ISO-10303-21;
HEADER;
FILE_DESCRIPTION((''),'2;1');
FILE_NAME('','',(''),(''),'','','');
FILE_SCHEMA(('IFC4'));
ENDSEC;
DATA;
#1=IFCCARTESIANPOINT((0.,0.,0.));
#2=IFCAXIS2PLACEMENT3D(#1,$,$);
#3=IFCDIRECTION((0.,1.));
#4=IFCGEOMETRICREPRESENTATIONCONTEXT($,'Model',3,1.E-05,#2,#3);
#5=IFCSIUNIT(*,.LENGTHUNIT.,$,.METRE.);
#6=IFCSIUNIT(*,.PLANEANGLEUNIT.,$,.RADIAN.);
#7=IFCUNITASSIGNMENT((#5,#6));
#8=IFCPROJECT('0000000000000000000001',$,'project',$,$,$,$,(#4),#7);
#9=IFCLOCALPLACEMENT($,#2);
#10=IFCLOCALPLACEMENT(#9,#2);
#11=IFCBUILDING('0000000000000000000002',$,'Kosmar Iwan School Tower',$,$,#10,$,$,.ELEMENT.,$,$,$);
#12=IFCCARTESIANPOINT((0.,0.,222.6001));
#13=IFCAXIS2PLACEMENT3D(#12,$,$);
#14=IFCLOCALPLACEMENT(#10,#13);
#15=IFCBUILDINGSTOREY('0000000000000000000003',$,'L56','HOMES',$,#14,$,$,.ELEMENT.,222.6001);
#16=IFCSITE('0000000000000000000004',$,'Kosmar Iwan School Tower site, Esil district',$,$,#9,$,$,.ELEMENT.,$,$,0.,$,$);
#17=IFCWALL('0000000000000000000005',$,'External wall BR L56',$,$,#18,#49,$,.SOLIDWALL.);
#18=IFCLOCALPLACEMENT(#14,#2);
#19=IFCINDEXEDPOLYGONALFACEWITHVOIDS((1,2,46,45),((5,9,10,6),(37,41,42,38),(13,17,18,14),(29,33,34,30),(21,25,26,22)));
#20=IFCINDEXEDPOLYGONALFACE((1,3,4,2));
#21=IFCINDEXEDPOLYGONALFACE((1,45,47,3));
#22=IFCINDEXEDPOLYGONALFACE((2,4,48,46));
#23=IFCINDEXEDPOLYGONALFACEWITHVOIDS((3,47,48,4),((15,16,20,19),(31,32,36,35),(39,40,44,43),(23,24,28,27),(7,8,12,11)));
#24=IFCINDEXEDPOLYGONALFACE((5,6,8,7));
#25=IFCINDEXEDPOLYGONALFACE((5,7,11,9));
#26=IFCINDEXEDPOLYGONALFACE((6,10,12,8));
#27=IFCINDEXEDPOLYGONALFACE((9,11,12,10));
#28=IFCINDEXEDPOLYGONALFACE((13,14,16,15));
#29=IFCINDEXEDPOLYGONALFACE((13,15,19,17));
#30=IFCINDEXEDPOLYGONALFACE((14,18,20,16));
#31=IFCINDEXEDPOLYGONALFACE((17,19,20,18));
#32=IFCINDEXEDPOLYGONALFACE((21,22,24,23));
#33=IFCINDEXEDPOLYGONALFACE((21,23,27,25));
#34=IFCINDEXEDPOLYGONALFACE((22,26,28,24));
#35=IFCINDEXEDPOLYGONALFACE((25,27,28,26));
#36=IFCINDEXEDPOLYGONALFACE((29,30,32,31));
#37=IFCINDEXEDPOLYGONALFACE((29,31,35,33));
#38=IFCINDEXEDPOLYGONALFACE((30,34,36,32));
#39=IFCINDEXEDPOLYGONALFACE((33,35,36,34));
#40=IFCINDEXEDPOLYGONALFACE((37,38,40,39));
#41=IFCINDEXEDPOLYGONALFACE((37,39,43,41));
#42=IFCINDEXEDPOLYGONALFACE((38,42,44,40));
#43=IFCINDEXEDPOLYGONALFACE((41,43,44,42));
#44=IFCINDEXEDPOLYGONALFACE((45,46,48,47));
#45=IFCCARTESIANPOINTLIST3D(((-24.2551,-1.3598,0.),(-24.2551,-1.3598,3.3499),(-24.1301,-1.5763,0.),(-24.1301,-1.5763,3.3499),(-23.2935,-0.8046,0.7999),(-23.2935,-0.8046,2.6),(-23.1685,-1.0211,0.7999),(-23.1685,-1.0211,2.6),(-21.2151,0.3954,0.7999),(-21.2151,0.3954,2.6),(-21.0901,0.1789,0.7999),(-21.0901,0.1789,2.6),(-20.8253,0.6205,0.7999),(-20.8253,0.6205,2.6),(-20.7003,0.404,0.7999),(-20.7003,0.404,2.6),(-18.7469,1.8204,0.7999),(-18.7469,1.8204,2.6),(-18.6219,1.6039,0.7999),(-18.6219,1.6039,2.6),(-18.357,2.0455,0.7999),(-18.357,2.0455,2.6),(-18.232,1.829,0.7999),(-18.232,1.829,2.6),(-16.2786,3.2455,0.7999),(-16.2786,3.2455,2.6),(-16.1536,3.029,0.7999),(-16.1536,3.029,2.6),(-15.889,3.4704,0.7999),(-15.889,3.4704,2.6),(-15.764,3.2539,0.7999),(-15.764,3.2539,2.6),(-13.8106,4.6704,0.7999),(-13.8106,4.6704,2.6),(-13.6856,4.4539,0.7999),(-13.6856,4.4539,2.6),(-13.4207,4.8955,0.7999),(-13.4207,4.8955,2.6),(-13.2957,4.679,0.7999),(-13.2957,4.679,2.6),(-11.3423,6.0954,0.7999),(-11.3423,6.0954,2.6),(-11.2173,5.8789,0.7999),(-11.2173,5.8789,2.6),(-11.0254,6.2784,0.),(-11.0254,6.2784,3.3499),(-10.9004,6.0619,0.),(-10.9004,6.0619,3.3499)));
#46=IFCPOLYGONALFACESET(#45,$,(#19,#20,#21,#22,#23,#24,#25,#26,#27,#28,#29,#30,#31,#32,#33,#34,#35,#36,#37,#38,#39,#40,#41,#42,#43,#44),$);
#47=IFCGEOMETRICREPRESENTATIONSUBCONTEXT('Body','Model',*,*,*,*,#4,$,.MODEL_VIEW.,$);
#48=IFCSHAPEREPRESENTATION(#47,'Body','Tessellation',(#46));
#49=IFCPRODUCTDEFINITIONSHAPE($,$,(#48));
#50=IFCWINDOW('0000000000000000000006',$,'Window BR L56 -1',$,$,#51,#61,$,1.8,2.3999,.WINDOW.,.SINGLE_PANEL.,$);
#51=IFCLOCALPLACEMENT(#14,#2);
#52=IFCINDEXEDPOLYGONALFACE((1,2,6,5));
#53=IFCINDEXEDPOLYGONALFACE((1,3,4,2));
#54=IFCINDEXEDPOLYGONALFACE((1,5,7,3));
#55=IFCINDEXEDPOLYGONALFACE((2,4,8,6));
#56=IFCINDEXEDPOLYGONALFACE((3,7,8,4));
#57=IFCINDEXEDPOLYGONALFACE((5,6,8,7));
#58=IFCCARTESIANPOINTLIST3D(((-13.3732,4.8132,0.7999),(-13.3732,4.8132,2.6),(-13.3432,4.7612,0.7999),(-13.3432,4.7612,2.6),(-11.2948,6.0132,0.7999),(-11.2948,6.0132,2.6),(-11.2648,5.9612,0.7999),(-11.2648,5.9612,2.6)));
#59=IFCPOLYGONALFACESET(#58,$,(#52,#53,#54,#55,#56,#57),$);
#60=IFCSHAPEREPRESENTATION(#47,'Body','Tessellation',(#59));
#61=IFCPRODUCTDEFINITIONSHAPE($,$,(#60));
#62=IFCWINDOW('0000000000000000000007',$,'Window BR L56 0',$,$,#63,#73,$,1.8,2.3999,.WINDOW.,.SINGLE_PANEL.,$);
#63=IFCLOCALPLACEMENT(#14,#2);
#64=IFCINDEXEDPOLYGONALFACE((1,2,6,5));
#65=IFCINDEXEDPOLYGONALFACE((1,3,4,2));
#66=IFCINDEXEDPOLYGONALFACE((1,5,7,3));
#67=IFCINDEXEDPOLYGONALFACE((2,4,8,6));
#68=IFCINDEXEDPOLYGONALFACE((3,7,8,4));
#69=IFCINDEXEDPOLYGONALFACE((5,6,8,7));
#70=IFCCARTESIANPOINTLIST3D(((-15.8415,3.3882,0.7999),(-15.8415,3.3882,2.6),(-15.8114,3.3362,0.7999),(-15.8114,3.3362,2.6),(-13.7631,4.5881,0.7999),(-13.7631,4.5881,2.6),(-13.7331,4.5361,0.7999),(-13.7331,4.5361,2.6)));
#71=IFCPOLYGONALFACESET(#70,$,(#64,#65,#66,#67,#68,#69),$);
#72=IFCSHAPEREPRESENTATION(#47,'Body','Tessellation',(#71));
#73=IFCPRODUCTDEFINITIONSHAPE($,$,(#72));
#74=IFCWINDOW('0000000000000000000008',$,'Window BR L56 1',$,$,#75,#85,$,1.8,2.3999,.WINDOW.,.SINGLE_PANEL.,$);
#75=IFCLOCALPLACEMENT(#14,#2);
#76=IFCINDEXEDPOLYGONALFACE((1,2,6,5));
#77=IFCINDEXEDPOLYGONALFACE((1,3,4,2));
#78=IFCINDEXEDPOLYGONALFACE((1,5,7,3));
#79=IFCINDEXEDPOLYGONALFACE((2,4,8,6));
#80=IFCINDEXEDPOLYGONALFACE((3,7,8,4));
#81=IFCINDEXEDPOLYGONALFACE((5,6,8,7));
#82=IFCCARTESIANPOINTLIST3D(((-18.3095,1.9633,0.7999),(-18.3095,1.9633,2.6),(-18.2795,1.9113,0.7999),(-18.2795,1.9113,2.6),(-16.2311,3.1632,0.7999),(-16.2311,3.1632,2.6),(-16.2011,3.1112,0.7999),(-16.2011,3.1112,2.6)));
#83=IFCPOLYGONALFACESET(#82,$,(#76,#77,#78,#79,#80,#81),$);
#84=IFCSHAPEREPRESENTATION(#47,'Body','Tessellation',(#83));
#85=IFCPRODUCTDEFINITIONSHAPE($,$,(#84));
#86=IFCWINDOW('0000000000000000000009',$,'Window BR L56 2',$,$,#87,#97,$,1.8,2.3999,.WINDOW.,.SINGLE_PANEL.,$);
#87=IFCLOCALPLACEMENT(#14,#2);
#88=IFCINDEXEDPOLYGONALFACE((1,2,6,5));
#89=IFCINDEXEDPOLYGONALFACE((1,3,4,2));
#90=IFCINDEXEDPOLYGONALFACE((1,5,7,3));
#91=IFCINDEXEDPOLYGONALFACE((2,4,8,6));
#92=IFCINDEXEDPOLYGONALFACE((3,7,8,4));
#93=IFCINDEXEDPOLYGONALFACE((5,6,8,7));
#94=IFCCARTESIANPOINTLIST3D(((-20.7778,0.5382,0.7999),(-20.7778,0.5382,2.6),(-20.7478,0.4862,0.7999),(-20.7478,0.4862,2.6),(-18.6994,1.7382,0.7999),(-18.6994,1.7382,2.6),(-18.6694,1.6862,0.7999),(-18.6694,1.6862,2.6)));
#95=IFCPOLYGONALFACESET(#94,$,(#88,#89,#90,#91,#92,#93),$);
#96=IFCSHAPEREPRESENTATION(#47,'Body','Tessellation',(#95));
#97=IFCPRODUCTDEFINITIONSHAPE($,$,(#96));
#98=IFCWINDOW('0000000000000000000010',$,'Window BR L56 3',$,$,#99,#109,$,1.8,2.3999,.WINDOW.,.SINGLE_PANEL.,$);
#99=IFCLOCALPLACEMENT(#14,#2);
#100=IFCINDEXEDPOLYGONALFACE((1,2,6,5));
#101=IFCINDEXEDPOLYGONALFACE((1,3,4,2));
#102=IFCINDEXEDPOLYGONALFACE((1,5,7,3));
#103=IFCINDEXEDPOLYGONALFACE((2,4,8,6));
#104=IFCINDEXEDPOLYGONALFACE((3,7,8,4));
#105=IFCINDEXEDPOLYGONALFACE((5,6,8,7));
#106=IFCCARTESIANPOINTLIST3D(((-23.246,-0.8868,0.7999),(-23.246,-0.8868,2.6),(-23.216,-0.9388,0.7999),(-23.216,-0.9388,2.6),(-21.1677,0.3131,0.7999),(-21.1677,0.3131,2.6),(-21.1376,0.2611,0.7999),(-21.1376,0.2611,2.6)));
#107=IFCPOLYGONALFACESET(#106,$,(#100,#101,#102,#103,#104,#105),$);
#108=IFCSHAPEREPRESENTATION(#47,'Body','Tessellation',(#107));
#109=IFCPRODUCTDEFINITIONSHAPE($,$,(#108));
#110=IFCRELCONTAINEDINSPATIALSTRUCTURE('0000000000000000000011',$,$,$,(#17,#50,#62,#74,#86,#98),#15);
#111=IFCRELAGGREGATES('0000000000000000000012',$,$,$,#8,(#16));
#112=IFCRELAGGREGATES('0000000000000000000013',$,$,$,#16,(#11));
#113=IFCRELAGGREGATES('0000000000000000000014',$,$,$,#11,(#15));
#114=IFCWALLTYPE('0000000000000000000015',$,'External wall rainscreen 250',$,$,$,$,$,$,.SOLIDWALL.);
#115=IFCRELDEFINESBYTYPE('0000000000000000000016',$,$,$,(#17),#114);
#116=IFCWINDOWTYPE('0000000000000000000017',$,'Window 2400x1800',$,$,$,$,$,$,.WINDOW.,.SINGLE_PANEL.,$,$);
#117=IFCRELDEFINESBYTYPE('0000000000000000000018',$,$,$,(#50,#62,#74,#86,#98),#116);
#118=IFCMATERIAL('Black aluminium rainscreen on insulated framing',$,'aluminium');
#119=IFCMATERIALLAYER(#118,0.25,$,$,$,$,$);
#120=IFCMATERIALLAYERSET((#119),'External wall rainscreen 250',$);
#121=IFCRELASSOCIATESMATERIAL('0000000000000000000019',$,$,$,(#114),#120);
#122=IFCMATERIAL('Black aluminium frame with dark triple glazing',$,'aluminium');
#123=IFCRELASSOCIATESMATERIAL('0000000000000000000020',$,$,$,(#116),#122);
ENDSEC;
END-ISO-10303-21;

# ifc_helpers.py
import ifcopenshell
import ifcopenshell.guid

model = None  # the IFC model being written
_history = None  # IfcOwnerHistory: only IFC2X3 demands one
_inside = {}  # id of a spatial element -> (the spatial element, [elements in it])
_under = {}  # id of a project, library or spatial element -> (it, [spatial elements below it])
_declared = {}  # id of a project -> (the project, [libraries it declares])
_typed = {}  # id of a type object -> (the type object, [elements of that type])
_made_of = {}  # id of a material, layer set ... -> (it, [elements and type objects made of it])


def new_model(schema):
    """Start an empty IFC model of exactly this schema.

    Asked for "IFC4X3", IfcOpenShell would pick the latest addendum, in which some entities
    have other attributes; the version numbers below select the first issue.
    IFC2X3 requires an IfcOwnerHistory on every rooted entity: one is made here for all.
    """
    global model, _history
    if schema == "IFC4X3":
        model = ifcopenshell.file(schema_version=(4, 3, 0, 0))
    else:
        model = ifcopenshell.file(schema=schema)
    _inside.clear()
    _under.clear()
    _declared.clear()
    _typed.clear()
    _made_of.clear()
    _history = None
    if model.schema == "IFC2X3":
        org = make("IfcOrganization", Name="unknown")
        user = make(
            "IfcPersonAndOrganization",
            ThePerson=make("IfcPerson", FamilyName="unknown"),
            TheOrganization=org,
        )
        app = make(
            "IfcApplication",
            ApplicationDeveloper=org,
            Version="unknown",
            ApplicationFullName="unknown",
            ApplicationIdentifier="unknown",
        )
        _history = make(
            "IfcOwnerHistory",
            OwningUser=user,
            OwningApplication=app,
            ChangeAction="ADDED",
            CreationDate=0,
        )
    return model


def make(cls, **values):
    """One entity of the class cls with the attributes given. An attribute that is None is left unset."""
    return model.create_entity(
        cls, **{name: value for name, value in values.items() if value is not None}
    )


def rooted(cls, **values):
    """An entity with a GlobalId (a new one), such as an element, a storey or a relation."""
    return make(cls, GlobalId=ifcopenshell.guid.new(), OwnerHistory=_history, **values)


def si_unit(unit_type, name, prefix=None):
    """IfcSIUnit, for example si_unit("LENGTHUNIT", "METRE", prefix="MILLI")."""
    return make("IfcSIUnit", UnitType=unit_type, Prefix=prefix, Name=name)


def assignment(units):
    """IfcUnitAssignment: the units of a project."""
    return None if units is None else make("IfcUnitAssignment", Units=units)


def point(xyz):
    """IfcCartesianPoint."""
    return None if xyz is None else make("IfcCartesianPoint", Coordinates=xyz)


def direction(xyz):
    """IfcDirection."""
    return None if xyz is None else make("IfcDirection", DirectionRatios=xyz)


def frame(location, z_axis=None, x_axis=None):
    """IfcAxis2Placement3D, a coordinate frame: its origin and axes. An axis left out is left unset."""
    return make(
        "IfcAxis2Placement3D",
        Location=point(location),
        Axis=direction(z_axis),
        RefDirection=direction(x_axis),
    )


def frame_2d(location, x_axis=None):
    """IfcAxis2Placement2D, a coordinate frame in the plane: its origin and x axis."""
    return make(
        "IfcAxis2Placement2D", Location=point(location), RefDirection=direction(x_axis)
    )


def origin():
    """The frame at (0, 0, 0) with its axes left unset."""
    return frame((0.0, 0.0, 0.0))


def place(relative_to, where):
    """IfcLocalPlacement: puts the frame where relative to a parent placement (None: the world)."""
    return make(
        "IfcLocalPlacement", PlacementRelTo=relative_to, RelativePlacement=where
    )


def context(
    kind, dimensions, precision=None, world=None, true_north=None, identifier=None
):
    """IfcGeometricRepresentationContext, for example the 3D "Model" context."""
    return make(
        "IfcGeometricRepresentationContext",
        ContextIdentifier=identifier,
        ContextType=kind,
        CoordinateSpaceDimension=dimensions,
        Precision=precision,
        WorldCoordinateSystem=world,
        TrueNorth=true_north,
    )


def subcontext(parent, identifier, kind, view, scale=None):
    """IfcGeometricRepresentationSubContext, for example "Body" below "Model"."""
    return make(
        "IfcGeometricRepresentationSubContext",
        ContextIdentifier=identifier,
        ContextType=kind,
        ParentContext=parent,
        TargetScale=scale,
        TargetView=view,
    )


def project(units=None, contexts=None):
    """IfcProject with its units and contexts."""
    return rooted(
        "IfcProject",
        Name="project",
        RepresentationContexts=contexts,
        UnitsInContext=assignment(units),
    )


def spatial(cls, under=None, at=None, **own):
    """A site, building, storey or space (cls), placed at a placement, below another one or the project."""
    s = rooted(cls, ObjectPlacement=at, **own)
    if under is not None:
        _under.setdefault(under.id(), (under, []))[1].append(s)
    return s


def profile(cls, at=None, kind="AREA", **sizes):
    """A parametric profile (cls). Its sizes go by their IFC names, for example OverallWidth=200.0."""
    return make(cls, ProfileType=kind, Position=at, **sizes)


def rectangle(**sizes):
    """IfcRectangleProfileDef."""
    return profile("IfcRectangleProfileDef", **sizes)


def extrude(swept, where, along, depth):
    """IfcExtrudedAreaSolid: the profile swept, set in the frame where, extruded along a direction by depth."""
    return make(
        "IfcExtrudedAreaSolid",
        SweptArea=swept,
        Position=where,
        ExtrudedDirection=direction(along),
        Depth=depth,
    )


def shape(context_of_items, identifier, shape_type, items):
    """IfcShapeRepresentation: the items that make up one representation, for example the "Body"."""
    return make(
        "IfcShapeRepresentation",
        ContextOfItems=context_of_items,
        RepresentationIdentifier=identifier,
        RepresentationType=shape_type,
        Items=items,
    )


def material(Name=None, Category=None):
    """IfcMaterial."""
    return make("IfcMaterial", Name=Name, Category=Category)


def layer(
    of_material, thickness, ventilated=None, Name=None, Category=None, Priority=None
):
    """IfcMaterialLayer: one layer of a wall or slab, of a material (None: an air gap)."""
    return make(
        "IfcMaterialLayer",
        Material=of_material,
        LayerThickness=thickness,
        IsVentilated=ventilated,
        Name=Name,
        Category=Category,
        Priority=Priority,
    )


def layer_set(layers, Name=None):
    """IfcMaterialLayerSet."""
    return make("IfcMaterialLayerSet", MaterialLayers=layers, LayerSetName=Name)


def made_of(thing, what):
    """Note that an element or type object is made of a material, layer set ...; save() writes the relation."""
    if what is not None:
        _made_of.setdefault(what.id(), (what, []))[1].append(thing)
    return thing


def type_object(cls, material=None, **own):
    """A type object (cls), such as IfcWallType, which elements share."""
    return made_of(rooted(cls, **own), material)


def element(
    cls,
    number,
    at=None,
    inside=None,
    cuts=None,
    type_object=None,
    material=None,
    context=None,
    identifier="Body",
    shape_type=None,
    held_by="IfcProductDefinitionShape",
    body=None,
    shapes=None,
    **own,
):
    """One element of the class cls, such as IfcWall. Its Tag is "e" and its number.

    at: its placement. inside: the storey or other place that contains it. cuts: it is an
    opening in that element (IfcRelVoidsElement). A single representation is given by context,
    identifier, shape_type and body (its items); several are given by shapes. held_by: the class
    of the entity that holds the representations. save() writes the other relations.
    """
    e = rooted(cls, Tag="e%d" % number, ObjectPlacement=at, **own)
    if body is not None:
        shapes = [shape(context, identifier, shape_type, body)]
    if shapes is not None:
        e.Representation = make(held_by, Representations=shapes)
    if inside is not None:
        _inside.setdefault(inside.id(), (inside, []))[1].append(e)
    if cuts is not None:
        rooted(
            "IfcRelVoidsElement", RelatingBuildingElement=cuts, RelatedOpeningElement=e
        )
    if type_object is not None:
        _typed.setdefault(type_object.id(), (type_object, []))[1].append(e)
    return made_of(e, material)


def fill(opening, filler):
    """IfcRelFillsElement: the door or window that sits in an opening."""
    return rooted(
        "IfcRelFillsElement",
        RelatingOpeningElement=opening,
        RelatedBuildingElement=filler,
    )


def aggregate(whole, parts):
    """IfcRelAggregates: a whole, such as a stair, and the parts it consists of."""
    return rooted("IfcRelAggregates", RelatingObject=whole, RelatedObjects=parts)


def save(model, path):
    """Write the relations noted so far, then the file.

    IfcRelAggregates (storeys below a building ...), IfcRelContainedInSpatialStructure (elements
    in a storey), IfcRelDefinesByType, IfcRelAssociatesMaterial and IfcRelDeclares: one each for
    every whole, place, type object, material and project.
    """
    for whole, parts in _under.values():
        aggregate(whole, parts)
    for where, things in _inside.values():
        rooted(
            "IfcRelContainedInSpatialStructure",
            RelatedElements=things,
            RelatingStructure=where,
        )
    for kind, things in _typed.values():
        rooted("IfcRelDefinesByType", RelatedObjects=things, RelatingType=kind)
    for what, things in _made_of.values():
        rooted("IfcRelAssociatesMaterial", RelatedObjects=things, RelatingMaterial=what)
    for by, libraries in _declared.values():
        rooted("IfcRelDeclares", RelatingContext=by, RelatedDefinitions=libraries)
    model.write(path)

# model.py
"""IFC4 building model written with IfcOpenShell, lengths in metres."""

from ifc_helpers import new_model, si_unit, direction, frame, frame_2d, origin, place, context, subcontext, project, spatial, rectangle, extrude, material, layer, layer_set, type_object, element, fill, save


model = new_model("IFC4")

# Units and contexts
model_context = context("Model", 3, precision=1e-05, world=origin(), true_north=direction((0.0, 1.0)))
body_context = subcontext(model_context, "Body", "Model", "MODEL_VIEW")
ifc_project = project(units=[si_unit("LENGTHUNIT", "METRE"), si_unit("PLANEANGLEUNIT", "RADIAN")], contexts=[model_context])

# Site, building, storey
site_placement = place(None, origin())
site = spatial("IfcSite", under=ifc_project, at=site_placement, Name="Kosmar Iwan School Tower site, Esil district", CompositionType="ELEMENT", RefElevation=0.0)
building_placement = place(site_placement, origin())
building = spatial("IfcBuilding", under=site, at=building_placement, Name="Kosmar Iwan School Tower", CompositionType="ELEMENT")
storey_placement = place(building_placement, frame((0.0, 0.0, 222.6001)))
storey = spatial("IfcBuildingStorey", under=building, at=storey_placement, Name="L56", Description="HOMES", CompositionType="ELEMENT", Elevation=222.6001)

# Wall, openings, windows
ifc_material_1 = material(Name="Black aluminium rainscreen on insulated framing", Category="aluminium")
ifc_layer_1 = layer(ifc_material_1, 0.25)
ifc_layer_set_1 = layer_set([ifc_layer_1], Name="External wall rainscreen 250")
wall_type_1 = type_object("IfcWallType", Name="External wall rainscreen 250", PredefinedType="SOLIDWALL", material=ifc_layer_set_1)
ifc_material_2 = material(Name="Black aluminium frame with dark triple glazing", Category="aluminium")
window_type = type_object("IfcWindowType", Name="Window 2400x1800", PartitioningType="SINGLE_PANEL", PredefinedType="WINDOW", material=ifc_material_2)
wall_1_placement = place(storey_placement, frame((-10.9629, 6.1702, 0.0), z_axis=(0.0, 0.0, 1.0), x_axis=(-0.866026, -0.5, 0.0)))
wall_1 = element("IfcWall", 1, at=wall_1_placement, inside=storey, type_object=wall_type_1, Name="External wall BR L56", PredefinedType="SOLIDWALL", context=body_context, shape_type="SweptSolid", body=[
    extrude(rectangle(XDim=15.2764, YDim=0.25, at=frame_2d((7.6382, 0.0))), origin(), (0.0, 0.0, 1.0), 3.3499),
])
opening_1_placement = place(wall_1_placement, frame((0.366, 0.0, 0.8)))
opening_1 = element("IfcOpeningElement", 2, at=opening_1_placement, cuts=wall_1, PredefinedType="OPENING", context=body_context, shape_type="SweptSolid", body=[
    extrude(rectangle(XDim=2.3999, YDim=1.8, at=frame_2d((1.2, 0.8999))), frame((0.0, 0.137, 0.0), z_axis=(0.0, -1.0, 0.0), x_axis=(1.0, 0.0, 0.0)), (0.0, 0.0, 1.0), 0.2739),
])
opening_2_placement = place(wall_1_placement, frame((3.2161, 0.0, 0.8)))
opening_2 = element("IfcOpeningElement", 3, at=opening_2_placement, cuts=wall_1, PredefinedType="OPENING", context=body_context, shape_type="SweptSolid", body=[
    extrude(rectangle(XDim=2.3999, YDim=1.8, at=frame_2d((1.2, 0.8999))), frame((0.0, 0.137, 0.0), z_axis=(0.0, -1.0, 0.0), x_axis=(1.0, 0.0, 0.0)), (0.0, 0.0, 1.0), 0.2739),
])
opening_3_placement = place(wall_1_placement, frame((6.0659, 0.0, 0.8)))
opening_3 = element("IfcOpeningElement", 4, at=opening_3_placement, cuts=wall_1, PredefinedType="OPENING", context=body_context, shape_type="SweptSolid", body=[
    extrude(rectangle(XDim=2.3999, YDim=1.8, at=frame_2d((1.2, 0.8999))), frame((0.0, 0.137, 0.0), z_axis=(0.0, -1.0, 0.0), x_axis=(1.0, 0.0, 0.0)), (0.0, 0.0, 1.0), 0.2739),
])
opening_4_placement = place(wall_1_placement, frame((8.916, 0.0, 0.8)))
opening_4 = element("IfcOpeningElement", 5, at=opening_4_placement, cuts=wall_1, PredefinedType="OPENING", context=body_context, shape_type="SweptSolid", body=[
    extrude(rectangle(XDim=2.3999, YDim=1.8, at=frame_2d((1.2, 0.8999))), frame((0.0, 0.137, 0.0), z_axis=(0.0, -1.0, 0.0), x_axis=(1.0, 0.0, 0.0)), (0.0, 0.0, 1.0), 0.2739),
])
opening_5_placement = place(wall_1_placement, frame((11.7661, 0.0, 0.8)))
opening_5 = element("IfcOpeningElement", 6, at=opening_5_placement, cuts=wall_1, PredefinedType="OPENING", context=body_context, shape_type="SweptSolid", body=[
    extrude(rectangle(XDim=2.3999, YDim=1.8, at=frame_2d((1.2, 0.8999))), frame((0.0, 0.137, 0.0), z_axis=(0.0, -1.0, 0.0), x_axis=(1.0, 0.0, 0.0)), (0.0, 0.0, 1.0), 0.2739),
])
window_1_placement = place(opening_1_placement, origin())
window_1 = element("IfcWindow", 7, at=window_1_placement, inside=storey, type_object=window_type, Name="Window BR L56 -1", OverallHeight=1.8, OverallWidth=2.3999, PartitioningType="SINGLE_PANEL", PredefinedType="WINDOW", context=body_context, shape_type="SweptSolid", body=[
    extrude(rectangle(XDim=2.3999, YDim=1.8, at=frame_2d((1.2, 0.8999))), frame((0.0, 0.03, 0.0), z_axis=(0.0, -1.0, 0.0), x_axis=(1.0, 0.0, 0.0)), (0.0, 0.0, 1.0), 0.0601),
])
fill(opening_1, window_1)
window_2_placement = place(opening_2_placement, origin())
window_2 = element("IfcWindow", 8, at=window_2_placement, inside=storey, type_object=window_type, Name="Window BR L56 0", OverallHeight=1.8, OverallWidth=2.3999, PartitioningType="SINGLE_PANEL", PredefinedType="WINDOW", context=body_context, shape_type="SweptSolid", body=[
    extrude(rectangle(XDim=2.3999, YDim=1.8, at=frame_2d((1.2, 0.8999))), frame((0.0, 0.03, 0.0), z_axis=(0.0, -1.0, 0.0), x_axis=(1.0, 0.0, 0.0)), (0.0, 0.0, 1.0), 0.0601),
])
fill(opening_2, window_2)
window_3_placement = place(opening_3_placement, origin())
window_3 = element("IfcWindow", 9, at=window_3_placement, inside=storey, type_object=window_type, Name="Window BR L56 1", OverallHeight=1.8, OverallWidth=2.3999, PartitioningType="SINGLE_PANEL", PredefinedType="WINDOW", context=body_context, shape_type="SweptSolid", body=[
    extrude(rectangle(XDim=2.3999, YDim=1.8, at=frame_2d((1.2, 0.8999))), frame((0.0, 0.03, 0.0), z_axis=(0.0, -1.0, 0.0), x_axis=(1.0, 0.0, 0.0)), (0.0, 0.0, 1.0), 0.0601),
])
fill(opening_3, window_3)
window_4_placement = place(opening_4_placement, origin())
window_4 = element("IfcWindow", 10, at=window_4_placement, inside=storey, type_object=window_type, Name="Window BR L56 2", OverallHeight=1.8, OverallWidth=2.3999, PartitioningType="SINGLE_PANEL", PredefinedType="WINDOW", context=body_context, shape_type="SweptSolid", body=[
    extrude(rectangle(XDim=2.3999, YDim=1.8, at=frame_2d((1.2, 0.8999))), frame((0.0, 0.03, 0.0), z_axis=(0.0, -1.0, 0.0), x_axis=(1.0, 0.0, 0.0)), (0.0, 0.0, 1.0), 0.0601),
])
fill(opening_4, window_4)
window_5_placement = place(opening_5_placement, origin())
window_5 = element("IfcWindow", 11, at=window_5_placement, inside=storey, type_object=window_type, Name="Window BR L56 3", OverallHeight=1.8, OverallWidth=2.3999, PartitioningType="SINGLE_PANEL", PredefinedType="WINDOW", context=body_context, shape_type="SweptSolid", body=[
    extrude(rectangle(XDim=2.3999, YDim=1.8, at=frame_2d((1.2, 0.8999))), frame((0.0, 0.03, 0.0), z_axis=(0.0, -1.0, 0.0), x_axis=(1.0, 0.0, 0.0)), (0.0, 0.0, 1.0), 0.0601),
])
fill(opening_5, window_5)

save(model, "model.ifc")
